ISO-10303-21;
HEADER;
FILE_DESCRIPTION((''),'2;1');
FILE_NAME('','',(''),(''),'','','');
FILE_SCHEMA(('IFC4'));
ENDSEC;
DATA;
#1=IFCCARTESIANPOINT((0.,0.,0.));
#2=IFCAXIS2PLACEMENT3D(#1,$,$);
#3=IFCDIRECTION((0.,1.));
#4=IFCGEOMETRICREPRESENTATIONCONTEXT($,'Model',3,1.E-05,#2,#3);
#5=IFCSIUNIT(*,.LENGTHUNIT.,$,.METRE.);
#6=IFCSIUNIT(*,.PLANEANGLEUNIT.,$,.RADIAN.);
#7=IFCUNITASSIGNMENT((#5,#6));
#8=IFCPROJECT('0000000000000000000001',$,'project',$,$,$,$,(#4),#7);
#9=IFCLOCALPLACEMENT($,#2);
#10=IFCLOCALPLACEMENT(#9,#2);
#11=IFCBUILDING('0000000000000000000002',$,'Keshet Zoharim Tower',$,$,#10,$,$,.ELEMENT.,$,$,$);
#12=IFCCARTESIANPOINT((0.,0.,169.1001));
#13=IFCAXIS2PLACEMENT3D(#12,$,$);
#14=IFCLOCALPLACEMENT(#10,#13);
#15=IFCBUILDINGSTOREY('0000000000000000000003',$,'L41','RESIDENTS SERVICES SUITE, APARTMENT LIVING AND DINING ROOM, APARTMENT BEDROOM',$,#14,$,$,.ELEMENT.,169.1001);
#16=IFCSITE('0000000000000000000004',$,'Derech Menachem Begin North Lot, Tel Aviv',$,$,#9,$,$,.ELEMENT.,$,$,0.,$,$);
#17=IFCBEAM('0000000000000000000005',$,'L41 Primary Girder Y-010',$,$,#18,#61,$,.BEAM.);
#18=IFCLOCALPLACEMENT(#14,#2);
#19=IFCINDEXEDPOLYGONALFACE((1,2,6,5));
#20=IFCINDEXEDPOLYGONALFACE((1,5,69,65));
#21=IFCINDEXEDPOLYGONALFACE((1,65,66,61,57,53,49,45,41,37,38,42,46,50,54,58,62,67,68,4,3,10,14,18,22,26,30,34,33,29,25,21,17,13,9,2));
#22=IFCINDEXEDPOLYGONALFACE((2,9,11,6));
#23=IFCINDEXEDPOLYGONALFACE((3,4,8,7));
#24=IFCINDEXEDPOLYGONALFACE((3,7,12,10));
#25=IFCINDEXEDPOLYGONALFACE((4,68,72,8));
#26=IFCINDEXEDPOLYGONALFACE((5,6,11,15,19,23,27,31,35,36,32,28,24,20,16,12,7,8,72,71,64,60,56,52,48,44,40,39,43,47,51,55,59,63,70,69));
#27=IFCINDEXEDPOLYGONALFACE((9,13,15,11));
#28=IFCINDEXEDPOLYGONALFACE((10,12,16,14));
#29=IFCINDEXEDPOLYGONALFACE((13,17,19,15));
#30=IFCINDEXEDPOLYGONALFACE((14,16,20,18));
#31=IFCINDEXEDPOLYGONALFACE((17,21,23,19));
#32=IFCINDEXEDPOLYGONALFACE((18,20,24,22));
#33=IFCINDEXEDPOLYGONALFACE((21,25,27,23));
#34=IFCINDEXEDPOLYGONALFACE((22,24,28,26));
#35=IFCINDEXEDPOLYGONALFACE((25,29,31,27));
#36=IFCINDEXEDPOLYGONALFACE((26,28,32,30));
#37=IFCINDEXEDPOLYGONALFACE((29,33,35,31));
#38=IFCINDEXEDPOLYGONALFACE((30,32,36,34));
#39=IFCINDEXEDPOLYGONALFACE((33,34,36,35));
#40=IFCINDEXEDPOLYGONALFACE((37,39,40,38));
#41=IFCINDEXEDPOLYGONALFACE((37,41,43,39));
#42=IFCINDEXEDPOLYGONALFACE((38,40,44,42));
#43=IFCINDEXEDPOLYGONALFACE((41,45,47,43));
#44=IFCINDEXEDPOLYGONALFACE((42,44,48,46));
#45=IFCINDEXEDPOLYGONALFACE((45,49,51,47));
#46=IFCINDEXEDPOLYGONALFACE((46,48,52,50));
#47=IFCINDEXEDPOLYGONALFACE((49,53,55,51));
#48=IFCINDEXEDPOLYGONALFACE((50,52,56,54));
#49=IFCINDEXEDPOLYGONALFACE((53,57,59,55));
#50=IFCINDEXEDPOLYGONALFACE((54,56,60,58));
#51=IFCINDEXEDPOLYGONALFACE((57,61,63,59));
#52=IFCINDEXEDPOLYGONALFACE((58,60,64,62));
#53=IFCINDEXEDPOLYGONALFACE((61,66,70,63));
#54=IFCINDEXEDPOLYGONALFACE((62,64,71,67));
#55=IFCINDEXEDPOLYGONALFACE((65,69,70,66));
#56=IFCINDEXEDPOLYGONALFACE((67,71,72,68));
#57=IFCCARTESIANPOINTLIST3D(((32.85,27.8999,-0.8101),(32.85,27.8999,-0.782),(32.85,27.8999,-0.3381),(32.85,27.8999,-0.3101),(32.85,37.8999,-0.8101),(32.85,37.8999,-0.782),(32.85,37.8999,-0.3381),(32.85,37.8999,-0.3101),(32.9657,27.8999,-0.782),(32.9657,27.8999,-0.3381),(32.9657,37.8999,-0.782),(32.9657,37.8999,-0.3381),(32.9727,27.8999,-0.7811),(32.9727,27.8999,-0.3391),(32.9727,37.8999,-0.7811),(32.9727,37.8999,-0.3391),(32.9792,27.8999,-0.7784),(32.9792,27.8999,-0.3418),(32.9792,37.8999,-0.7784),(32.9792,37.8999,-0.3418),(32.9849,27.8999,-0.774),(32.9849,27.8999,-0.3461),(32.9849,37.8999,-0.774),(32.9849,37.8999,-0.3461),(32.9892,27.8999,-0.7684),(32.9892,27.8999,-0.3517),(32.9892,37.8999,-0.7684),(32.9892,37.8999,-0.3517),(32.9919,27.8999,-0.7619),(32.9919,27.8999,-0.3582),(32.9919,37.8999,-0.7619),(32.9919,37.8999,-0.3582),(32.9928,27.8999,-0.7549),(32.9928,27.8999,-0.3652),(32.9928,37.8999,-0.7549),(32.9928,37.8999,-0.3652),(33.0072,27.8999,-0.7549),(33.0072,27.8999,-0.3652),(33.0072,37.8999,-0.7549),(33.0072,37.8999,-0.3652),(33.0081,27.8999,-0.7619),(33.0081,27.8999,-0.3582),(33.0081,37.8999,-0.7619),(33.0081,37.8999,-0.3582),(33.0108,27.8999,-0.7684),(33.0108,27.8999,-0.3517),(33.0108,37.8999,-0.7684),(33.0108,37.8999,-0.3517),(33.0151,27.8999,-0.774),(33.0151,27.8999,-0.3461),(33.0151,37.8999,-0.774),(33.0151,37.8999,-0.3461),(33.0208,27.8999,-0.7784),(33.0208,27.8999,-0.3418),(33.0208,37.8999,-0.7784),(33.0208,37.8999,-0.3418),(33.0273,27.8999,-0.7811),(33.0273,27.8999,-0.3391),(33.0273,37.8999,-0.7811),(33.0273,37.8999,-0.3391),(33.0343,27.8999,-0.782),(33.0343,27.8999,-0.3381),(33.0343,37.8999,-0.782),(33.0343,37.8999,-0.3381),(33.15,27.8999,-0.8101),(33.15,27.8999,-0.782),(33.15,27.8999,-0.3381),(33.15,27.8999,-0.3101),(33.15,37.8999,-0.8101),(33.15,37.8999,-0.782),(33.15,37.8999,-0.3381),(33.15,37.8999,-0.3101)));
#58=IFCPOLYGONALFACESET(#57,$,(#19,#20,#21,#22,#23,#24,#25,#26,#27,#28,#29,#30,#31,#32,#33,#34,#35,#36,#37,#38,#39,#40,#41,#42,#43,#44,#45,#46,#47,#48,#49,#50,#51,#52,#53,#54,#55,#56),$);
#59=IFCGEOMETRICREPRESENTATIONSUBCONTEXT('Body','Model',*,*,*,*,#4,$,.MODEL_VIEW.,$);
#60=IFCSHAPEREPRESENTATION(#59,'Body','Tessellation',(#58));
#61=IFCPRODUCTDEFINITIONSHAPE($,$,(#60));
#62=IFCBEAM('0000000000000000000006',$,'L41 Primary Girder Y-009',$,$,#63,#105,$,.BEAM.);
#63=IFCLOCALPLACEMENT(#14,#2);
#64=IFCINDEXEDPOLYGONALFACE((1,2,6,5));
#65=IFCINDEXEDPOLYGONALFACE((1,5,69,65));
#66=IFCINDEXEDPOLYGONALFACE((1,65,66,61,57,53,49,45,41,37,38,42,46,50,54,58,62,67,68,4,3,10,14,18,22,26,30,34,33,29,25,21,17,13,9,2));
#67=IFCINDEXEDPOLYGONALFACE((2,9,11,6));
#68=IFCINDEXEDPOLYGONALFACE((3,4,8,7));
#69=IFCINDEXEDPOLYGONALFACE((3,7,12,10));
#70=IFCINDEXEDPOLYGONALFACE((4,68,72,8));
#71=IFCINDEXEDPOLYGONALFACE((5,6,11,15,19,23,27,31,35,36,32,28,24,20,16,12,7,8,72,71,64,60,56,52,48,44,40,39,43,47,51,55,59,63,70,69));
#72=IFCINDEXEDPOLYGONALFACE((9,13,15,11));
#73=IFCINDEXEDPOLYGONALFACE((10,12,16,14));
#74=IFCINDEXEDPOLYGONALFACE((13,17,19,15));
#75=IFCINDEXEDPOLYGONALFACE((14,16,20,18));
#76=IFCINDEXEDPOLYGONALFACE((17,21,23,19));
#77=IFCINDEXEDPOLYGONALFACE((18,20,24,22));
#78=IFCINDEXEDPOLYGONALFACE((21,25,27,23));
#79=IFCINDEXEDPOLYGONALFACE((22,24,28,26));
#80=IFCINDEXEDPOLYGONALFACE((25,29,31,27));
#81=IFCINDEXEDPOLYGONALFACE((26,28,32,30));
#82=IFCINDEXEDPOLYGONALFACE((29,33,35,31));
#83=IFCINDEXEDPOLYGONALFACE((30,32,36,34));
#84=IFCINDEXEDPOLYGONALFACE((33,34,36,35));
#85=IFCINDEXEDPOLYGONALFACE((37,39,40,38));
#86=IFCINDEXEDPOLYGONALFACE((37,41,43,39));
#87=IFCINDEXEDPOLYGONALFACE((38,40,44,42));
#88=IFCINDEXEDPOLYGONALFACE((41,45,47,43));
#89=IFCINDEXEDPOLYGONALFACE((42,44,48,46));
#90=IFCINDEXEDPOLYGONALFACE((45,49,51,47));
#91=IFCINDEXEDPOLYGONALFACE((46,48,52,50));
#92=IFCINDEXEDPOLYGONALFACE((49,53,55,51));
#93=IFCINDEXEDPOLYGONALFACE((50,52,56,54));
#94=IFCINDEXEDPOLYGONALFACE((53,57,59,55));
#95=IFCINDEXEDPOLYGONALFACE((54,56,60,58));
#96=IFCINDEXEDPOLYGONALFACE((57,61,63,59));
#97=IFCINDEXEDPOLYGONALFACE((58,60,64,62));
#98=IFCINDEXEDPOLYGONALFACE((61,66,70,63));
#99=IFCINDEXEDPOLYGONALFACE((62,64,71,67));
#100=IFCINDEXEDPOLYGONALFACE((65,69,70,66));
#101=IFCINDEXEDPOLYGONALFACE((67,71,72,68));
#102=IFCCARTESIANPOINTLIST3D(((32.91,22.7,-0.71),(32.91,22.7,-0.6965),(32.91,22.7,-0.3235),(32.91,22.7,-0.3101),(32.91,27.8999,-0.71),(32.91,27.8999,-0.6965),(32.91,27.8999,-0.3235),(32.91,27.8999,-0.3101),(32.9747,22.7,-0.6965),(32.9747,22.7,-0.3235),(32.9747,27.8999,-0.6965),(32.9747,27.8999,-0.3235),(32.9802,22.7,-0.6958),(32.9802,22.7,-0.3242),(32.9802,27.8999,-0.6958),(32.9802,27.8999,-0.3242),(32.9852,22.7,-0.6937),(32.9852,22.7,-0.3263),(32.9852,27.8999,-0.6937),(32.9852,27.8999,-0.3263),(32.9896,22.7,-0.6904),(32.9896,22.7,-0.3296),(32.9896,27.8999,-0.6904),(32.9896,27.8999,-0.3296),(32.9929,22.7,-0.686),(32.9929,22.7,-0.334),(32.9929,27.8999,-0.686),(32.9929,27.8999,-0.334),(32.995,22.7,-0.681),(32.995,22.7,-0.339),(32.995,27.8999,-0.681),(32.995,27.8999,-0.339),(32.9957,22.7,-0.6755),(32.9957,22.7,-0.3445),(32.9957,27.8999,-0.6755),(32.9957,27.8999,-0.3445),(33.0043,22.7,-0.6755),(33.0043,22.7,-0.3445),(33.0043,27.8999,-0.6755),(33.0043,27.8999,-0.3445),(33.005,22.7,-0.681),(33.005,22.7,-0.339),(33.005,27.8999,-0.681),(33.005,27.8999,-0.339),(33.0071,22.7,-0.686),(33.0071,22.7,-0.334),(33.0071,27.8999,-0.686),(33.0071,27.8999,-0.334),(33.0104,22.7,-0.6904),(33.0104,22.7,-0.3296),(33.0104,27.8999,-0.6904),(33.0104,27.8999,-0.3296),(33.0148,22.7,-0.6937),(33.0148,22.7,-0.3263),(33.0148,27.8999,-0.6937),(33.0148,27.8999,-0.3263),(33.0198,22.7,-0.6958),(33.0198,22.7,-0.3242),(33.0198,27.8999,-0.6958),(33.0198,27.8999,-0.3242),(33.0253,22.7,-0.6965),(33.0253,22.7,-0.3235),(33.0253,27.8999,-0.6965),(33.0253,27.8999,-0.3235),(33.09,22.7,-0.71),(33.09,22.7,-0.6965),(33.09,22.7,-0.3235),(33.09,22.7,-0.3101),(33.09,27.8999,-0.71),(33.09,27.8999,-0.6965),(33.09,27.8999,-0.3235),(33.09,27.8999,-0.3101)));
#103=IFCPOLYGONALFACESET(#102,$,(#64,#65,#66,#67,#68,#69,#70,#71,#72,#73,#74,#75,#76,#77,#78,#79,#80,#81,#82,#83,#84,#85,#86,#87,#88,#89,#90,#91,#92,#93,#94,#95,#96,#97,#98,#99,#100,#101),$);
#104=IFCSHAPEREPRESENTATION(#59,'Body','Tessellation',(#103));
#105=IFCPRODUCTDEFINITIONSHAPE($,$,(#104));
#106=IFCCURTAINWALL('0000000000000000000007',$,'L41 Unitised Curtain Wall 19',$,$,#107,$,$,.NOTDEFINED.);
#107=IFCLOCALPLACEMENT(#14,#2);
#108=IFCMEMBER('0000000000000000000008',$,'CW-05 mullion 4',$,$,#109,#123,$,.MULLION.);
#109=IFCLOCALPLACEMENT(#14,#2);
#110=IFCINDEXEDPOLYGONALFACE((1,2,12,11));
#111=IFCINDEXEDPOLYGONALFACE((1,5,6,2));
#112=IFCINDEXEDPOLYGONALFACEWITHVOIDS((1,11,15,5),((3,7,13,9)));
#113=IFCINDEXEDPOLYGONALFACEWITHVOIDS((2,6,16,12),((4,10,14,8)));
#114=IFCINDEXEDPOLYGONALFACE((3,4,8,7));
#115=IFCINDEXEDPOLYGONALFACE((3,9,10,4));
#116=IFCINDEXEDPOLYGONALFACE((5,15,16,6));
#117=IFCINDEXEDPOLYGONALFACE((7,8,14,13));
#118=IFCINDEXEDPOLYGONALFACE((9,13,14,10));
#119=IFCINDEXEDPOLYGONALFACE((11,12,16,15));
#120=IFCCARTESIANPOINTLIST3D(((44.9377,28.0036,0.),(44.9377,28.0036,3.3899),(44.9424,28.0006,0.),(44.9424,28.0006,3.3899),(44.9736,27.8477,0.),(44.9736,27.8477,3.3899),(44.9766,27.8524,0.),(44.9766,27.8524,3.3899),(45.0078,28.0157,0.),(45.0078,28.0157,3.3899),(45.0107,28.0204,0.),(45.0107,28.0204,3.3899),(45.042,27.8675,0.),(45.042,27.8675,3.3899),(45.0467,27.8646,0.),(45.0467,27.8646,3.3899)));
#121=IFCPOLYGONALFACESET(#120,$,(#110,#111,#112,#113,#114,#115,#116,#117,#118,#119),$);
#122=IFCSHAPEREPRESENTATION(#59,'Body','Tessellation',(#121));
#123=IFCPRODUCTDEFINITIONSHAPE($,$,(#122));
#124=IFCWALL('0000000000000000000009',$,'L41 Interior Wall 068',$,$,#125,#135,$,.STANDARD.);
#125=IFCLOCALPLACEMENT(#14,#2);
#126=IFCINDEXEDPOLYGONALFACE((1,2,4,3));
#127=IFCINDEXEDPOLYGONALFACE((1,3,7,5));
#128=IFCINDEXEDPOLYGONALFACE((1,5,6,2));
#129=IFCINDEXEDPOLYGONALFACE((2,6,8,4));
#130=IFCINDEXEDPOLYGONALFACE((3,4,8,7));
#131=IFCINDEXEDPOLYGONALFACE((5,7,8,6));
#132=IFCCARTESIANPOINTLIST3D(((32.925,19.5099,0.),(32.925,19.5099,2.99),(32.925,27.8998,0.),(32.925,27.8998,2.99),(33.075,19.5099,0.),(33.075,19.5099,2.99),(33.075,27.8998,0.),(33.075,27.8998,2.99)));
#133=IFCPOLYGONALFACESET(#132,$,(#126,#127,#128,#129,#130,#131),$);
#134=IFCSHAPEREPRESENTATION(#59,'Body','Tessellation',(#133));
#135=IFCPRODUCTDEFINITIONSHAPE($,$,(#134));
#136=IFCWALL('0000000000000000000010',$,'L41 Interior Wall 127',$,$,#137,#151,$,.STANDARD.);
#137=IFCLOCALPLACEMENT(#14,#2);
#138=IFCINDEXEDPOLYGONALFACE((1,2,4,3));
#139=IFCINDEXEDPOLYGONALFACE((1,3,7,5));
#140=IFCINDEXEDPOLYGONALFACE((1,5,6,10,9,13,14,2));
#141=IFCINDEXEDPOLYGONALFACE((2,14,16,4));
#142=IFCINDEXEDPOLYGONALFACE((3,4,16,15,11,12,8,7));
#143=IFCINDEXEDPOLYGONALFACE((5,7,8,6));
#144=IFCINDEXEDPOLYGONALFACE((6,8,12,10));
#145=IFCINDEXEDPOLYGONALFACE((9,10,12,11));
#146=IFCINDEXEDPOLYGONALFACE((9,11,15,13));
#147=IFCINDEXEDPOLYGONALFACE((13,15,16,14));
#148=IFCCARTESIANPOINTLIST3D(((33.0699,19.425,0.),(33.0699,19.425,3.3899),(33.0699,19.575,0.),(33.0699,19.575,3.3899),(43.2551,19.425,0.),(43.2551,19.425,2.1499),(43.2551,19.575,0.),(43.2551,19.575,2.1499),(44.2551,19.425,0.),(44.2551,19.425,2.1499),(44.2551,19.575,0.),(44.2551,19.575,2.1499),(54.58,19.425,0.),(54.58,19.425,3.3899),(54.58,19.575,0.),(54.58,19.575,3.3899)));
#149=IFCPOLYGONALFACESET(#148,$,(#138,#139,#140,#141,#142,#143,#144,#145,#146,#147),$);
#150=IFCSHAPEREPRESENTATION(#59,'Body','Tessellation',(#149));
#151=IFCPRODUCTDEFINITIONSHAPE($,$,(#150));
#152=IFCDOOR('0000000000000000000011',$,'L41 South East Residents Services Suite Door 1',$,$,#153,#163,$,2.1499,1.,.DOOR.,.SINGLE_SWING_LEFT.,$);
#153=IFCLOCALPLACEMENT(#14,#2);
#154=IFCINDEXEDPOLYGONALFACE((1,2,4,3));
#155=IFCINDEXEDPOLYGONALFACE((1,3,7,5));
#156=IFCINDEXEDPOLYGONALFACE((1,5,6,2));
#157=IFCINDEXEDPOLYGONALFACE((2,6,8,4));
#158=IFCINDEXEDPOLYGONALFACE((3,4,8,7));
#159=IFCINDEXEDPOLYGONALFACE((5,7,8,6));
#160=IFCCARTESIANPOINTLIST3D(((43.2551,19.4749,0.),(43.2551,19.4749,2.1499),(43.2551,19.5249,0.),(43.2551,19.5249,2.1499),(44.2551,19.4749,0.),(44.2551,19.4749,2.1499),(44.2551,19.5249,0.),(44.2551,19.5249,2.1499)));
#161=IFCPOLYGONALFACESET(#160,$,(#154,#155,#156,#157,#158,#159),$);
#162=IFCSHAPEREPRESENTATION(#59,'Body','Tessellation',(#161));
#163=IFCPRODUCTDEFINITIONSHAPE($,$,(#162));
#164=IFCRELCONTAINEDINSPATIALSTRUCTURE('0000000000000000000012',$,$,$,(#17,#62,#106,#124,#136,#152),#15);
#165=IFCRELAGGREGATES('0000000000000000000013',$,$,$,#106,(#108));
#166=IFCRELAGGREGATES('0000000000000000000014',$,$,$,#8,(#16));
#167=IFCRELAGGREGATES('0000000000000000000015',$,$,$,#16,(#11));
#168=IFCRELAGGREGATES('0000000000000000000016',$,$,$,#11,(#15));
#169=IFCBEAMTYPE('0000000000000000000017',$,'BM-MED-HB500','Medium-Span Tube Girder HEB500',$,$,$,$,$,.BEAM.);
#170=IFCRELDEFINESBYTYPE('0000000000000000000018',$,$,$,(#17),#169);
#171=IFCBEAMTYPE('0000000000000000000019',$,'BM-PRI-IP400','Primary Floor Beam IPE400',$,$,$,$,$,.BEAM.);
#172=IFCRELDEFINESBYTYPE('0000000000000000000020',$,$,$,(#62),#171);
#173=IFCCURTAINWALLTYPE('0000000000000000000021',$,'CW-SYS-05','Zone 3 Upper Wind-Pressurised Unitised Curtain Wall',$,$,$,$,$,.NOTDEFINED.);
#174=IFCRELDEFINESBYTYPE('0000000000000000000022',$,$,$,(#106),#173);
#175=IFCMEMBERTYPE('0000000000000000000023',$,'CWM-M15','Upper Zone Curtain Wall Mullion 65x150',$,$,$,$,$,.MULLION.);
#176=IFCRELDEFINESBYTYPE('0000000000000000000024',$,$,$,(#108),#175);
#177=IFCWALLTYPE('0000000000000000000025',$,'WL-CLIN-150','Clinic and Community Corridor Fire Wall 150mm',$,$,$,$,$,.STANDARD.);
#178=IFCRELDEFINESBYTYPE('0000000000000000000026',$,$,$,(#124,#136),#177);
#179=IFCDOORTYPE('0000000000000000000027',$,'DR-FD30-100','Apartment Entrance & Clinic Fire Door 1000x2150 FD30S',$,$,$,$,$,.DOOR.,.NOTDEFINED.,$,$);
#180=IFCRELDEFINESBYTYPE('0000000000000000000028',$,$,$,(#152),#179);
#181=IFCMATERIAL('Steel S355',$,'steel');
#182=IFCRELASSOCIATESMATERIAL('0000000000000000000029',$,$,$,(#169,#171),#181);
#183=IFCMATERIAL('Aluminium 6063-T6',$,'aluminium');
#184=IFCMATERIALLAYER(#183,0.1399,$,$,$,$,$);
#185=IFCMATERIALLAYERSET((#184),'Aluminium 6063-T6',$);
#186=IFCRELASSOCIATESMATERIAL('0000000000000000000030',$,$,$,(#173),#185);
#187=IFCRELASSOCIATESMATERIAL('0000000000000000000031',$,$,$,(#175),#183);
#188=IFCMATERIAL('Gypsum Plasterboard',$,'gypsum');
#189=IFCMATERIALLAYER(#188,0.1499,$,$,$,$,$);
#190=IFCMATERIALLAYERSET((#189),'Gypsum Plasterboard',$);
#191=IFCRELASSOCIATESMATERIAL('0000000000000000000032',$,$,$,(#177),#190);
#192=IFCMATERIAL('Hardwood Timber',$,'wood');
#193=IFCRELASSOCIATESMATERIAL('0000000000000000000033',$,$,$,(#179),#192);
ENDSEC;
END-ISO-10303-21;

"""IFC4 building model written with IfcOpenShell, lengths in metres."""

from ifc_helpers import new_model, si_unit, direction, frame, frame_2d, origin, origin_2d, place, context, subcontext, project, spatial, rectangle, hollow_rectangle, i_section, extrude, material, layer, layer_set, material_profile, profile_set, type_object, element, fill, aggregate, save


model = new_model("IFC4")

# Units and contexts
model_context = context("Model", 3, precision=1e-05, world=origin(), true_north=direction((0.0, 1.0)))
body_context = subcontext(model_context, "Body", "Model", "MODEL_VIEW")
ifc_project = project(units=[si_unit("LENGTHUNIT", "METRE"), si_unit("PLANEANGLEUNIT", "RADIAN")], contexts=[model_context])

# Site, building, storey
site_placement = place(None, origin())
site = spatial("IfcSite", under=ifc_project, at=site_placement, Name="Derech Menachem Begin North Lot, Tel Aviv", CompositionType="ELEMENT", RefElevation=0.0)
building_placement = place(site_placement, origin())
building = spatial("IfcBuilding", under=site, at=building_placement, Name="Keshet Zoharim Tower", CompositionType="ELEMENT")
storey_placement = place(building_placement, frame((0.0, 0.0, 169.1001)))
storey = spatial("IfcBuildingStorey", under=building, at=storey_placement, Name="L41", Description="RESIDENTS SERVICES SUITE, APARTMENT LIVING AND DINING ROOM, APARTMENT BEDROOM", CompositionType="ELEMENT", Elevation=169.1001)

# Beams
ifc_material_1 = material(Name="Steel S355", Category="steel")
ifc_material_profile_1 = material_profile(ifc_material_1, i_section(OverallWidth=0.3, OverallDepth=0.5, WebThickness=0.0144, FlangeThickness=0.0281, FilletRadius=0.0271, at=origin_2d()), Name="HEB500")
ifc_profile_set_1 = profile_set([ifc_material_profile_1], Name="Steel S355")
beam_type_1 = type_object("IfcBeamType", Name="BM-MED-HB500", Description="Medium-Span Tube Girder HEB500", PredefinedType="BEAM", material=ifc_profile_set_1)
beam_1_placement = place(storey_placement, frame((33.0, 27.8999, -0.5601), z_axis=(0.0, 1.0, 0.0), x_axis=(-1.0, 0.0, 0.0)))
element("IfcBeam", 1, at=beam_1_placement, inside=storey, type_object=beam_type_1, Name="L41 Primary Girder Y-010", PredefinedType="BEAM", context=body_context, shape_type="SweptSolid", body=[
    extrude(i_section(OverallWidth=0.3, OverallDepth=0.5, WebThickness=0.0144, FlangeThickness=0.0281, FilletRadius=0.0271, at=origin_2d()), origin(), (0.0, 0.0, 1.0), 10.0),
])
ifc_material_profile_2 = material_profile(ifc_material_1, i_section(OverallWidth=0.1799, OverallDepth=0.3999, WebThickness=0.0085, FlangeThickness=0.0134, FilletRadius=0.021, at=origin_2d()), Name="IPE400")
ifc_profile_set_2 = profile_set([ifc_material_profile_2], Name="Steel S355")
beam_type_2 = type_object("IfcBeamType", Name="BM-PRI-IP400", Description="Primary Floor Beam IPE400", PredefinedType="BEAM", material=ifc_profile_set_2)
beam_2_placement = place(storey_placement, frame((33.0, 22.7, -0.51), z_axis=(0.0, 1.0, 0.0), x_axis=(-1.0, 0.0, 0.0)))
element("IfcBeam", 2, at=beam_2_placement, inside=storey, type_object=beam_type_2, Name="L41 Primary Girder Y-009", PredefinedType="BEAM", context=body_context, shape_type="SweptSolid", body=[
    extrude(i_section(OverallWidth=0.1799, OverallDepth=0.3999, WebThickness=0.0085, FlangeThickness=0.0134, FilletRadius=0.021, at=origin_2d()), origin(), (0.0, 0.0, 1.0), 5.2),
])

# Curtain wall, member
ifc_material_2 = material(Name="Aluminium 6063-T6", Category="aluminium")
ifc_layer_1 = layer(ifc_material_2, 0.1399)
ifc_layer_set_1 = layer_set([ifc_layer_1], Name="Aluminium 6063-T6")
curtain_wall_type = type_object("IfcCurtainWallType", Name="CW-SYS-05", Description="Zone 3 Upper Wind-Pressurised Unitised Curtain Wall", PredefinedType="NOTDEFINED", material=ifc_layer_set_1)
curtain_wall_placement = place(storey_placement, origin())
curtain_wall = element("IfcCurtainWall", 3, at=curtain_wall_placement, inside=storey, type_object=curtain_wall_type, Name="L41 Unitised Curtain Wall 19", PredefinedType="NOTDEFINED")
ifc_material_profile_3 = material_profile(ifc_material_2, hollow_rectangle(XDim=0.075, YDim=0.1599, WallThickness=0.0039, at=origin_2d()), Name="MUL-75x160")
ifc_profile_set_3 = profile_set([ifc_material_profile_3], Name="Aluminium 6063-T6")
member_type = type_object("IfcMemberType", Name="CWM-M15", Description="Upper Zone Curtain Wall Mullion 65x150", PredefinedType="MULLION", material=ifc_profile_set_3)
member_placement = place(storey_placement, frame((44.9922, 27.9341, 0.0), z_axis=(0.0, 0.0, 1.0), x_axis=(0.974394, 0.224848, 0.0)))
member = element("IfcMember", 4, at=member_placement, type_object=member_type, Name="CW-05 mullion 4", PredefinedType="MULLION", context=body_context, shape_type="SweptSolid", body=[
    extrude(hollow_rectangle(XDim=0.075, YDim=0.1599, WallThickness=0.0039, at=origin_2d()), origin(), (0.0, 0.0, 1.0), 3.3899),
])
aggregate(curtain_wall, [member])

# Wall
ifc_material_3 = material(Name="Gypsum Plasterboard", Category="gypsum")
ifc_layer_2 = layer(ifc_material_3, 0.1499)
ifc_layer_set_2 = layer_set([ifc_layer_2], Name="Gypsum Plasterboard")
wall_type_1 = type_object("IfcWallType", Name="WL-CLIN-150", Description="Clinic and Community Corridor Fire Wall 150mm", PredefinedType="STANDARD", material=ifc_layer_set_2)
wall_1_placement = place(storey_placement, frame((33.0, 19.51, 0.0), z_axis=(0.0, 0.0, 1.0), x_axis=(0.0, 1.0, 0.0)))
element("IfcWall", 5, at=wall_1_placement, inside=storey, type_object=wall_type_1, Name="L41 Interior Wall 068", PredefinedType="STANDARD", context=body_context, shape_type="SweptSolid", body=[
    extrude(rectangle(XDim=8.3899, YDim=0.1499, at=frame_2d((4.1948, 0.0))), origin(), (0.0, 0.0, 1.0), 2.99),
])

# Wall, opening, door
wall_2_placement = place(storey_placement, frame((33.0701, 19.5, 0.0), z_axis=(0.0, 0.0, 1.0), x_axis=(1.0, 0.0, 0.0)))
wall_2 = element("IfcWall", 6, at=wall_2_placement, inside=storey, type_object=wall_type_1, Name="L41 Interior Wall 127", PredefinedType="STANDARD", context=body_context, shape_type="SweptSolid", body=[
    extrude(rectangle(XDim=21.51, YDim=0.1499, at=frame_2d((10.7549, 0.0))), origin(), (0.0, 0.0, 1.0), 3.3899),
])
opening_1_placement = place(wall_2_placement, frame((10.1851, 0.0, 0.0)))
opening_1 = element("IfcOpeningElement", 7, at=opening_1_placement, cuts=wall_2, PredefinedType="OPENING", context=body_context, shape_type="SweptSolid", body=[
    extrude(rectangle(XDim=1.0, YDim=2.1499, at=frame_2d((0.5, 1.075))), frame((0.0, 0.085, 0.0), z_axis=(0.0, -1.0, 0.0), x_axis=(1.0, 0.0, 0.0)), (0.0, 0.0, 1.0), 0.1699),
])
ifc_material_4 = material(Name="Hardwood Timber", Category="wood")
door_type_1 = type_object("IfcDoorType", Name="DR-FD30-100", Description="Apartment Entrance & Clinic Fire Door 1000x2150 FD30S", OperationType="NOTDEFINED", PredefinedType="DOOR", material=ifc_material_4)
door_1_placement = place(opening_1_placement, origin())
door_1 = element("IfcDoor", 8, at=door_1_placement, inside=storey, type_object=door_type_1, Name="L41 South East Residents Services Suite Door 1", OperationType="SINGLE_SWING_LEFT", OverallHeight=2.1499, OverallWidth=1.0, PredefinedType="DOOR", context=body_context, shape_type="SweptSolid", body=[
    extrude(rectangle(XDim=1.0, YDim=2.1499, at=frame_2d((0.5, 1.075))), frame((0.0, 0.0249, 0.0), z_axis=(0.0, -1.0, 0.0), x_axis=(1.0, 0.0, 0.0)), (0.0, 0.0, 1.0), 0.05),
])
fill(opening_1, door_1)

save(model, "model.ifc")
